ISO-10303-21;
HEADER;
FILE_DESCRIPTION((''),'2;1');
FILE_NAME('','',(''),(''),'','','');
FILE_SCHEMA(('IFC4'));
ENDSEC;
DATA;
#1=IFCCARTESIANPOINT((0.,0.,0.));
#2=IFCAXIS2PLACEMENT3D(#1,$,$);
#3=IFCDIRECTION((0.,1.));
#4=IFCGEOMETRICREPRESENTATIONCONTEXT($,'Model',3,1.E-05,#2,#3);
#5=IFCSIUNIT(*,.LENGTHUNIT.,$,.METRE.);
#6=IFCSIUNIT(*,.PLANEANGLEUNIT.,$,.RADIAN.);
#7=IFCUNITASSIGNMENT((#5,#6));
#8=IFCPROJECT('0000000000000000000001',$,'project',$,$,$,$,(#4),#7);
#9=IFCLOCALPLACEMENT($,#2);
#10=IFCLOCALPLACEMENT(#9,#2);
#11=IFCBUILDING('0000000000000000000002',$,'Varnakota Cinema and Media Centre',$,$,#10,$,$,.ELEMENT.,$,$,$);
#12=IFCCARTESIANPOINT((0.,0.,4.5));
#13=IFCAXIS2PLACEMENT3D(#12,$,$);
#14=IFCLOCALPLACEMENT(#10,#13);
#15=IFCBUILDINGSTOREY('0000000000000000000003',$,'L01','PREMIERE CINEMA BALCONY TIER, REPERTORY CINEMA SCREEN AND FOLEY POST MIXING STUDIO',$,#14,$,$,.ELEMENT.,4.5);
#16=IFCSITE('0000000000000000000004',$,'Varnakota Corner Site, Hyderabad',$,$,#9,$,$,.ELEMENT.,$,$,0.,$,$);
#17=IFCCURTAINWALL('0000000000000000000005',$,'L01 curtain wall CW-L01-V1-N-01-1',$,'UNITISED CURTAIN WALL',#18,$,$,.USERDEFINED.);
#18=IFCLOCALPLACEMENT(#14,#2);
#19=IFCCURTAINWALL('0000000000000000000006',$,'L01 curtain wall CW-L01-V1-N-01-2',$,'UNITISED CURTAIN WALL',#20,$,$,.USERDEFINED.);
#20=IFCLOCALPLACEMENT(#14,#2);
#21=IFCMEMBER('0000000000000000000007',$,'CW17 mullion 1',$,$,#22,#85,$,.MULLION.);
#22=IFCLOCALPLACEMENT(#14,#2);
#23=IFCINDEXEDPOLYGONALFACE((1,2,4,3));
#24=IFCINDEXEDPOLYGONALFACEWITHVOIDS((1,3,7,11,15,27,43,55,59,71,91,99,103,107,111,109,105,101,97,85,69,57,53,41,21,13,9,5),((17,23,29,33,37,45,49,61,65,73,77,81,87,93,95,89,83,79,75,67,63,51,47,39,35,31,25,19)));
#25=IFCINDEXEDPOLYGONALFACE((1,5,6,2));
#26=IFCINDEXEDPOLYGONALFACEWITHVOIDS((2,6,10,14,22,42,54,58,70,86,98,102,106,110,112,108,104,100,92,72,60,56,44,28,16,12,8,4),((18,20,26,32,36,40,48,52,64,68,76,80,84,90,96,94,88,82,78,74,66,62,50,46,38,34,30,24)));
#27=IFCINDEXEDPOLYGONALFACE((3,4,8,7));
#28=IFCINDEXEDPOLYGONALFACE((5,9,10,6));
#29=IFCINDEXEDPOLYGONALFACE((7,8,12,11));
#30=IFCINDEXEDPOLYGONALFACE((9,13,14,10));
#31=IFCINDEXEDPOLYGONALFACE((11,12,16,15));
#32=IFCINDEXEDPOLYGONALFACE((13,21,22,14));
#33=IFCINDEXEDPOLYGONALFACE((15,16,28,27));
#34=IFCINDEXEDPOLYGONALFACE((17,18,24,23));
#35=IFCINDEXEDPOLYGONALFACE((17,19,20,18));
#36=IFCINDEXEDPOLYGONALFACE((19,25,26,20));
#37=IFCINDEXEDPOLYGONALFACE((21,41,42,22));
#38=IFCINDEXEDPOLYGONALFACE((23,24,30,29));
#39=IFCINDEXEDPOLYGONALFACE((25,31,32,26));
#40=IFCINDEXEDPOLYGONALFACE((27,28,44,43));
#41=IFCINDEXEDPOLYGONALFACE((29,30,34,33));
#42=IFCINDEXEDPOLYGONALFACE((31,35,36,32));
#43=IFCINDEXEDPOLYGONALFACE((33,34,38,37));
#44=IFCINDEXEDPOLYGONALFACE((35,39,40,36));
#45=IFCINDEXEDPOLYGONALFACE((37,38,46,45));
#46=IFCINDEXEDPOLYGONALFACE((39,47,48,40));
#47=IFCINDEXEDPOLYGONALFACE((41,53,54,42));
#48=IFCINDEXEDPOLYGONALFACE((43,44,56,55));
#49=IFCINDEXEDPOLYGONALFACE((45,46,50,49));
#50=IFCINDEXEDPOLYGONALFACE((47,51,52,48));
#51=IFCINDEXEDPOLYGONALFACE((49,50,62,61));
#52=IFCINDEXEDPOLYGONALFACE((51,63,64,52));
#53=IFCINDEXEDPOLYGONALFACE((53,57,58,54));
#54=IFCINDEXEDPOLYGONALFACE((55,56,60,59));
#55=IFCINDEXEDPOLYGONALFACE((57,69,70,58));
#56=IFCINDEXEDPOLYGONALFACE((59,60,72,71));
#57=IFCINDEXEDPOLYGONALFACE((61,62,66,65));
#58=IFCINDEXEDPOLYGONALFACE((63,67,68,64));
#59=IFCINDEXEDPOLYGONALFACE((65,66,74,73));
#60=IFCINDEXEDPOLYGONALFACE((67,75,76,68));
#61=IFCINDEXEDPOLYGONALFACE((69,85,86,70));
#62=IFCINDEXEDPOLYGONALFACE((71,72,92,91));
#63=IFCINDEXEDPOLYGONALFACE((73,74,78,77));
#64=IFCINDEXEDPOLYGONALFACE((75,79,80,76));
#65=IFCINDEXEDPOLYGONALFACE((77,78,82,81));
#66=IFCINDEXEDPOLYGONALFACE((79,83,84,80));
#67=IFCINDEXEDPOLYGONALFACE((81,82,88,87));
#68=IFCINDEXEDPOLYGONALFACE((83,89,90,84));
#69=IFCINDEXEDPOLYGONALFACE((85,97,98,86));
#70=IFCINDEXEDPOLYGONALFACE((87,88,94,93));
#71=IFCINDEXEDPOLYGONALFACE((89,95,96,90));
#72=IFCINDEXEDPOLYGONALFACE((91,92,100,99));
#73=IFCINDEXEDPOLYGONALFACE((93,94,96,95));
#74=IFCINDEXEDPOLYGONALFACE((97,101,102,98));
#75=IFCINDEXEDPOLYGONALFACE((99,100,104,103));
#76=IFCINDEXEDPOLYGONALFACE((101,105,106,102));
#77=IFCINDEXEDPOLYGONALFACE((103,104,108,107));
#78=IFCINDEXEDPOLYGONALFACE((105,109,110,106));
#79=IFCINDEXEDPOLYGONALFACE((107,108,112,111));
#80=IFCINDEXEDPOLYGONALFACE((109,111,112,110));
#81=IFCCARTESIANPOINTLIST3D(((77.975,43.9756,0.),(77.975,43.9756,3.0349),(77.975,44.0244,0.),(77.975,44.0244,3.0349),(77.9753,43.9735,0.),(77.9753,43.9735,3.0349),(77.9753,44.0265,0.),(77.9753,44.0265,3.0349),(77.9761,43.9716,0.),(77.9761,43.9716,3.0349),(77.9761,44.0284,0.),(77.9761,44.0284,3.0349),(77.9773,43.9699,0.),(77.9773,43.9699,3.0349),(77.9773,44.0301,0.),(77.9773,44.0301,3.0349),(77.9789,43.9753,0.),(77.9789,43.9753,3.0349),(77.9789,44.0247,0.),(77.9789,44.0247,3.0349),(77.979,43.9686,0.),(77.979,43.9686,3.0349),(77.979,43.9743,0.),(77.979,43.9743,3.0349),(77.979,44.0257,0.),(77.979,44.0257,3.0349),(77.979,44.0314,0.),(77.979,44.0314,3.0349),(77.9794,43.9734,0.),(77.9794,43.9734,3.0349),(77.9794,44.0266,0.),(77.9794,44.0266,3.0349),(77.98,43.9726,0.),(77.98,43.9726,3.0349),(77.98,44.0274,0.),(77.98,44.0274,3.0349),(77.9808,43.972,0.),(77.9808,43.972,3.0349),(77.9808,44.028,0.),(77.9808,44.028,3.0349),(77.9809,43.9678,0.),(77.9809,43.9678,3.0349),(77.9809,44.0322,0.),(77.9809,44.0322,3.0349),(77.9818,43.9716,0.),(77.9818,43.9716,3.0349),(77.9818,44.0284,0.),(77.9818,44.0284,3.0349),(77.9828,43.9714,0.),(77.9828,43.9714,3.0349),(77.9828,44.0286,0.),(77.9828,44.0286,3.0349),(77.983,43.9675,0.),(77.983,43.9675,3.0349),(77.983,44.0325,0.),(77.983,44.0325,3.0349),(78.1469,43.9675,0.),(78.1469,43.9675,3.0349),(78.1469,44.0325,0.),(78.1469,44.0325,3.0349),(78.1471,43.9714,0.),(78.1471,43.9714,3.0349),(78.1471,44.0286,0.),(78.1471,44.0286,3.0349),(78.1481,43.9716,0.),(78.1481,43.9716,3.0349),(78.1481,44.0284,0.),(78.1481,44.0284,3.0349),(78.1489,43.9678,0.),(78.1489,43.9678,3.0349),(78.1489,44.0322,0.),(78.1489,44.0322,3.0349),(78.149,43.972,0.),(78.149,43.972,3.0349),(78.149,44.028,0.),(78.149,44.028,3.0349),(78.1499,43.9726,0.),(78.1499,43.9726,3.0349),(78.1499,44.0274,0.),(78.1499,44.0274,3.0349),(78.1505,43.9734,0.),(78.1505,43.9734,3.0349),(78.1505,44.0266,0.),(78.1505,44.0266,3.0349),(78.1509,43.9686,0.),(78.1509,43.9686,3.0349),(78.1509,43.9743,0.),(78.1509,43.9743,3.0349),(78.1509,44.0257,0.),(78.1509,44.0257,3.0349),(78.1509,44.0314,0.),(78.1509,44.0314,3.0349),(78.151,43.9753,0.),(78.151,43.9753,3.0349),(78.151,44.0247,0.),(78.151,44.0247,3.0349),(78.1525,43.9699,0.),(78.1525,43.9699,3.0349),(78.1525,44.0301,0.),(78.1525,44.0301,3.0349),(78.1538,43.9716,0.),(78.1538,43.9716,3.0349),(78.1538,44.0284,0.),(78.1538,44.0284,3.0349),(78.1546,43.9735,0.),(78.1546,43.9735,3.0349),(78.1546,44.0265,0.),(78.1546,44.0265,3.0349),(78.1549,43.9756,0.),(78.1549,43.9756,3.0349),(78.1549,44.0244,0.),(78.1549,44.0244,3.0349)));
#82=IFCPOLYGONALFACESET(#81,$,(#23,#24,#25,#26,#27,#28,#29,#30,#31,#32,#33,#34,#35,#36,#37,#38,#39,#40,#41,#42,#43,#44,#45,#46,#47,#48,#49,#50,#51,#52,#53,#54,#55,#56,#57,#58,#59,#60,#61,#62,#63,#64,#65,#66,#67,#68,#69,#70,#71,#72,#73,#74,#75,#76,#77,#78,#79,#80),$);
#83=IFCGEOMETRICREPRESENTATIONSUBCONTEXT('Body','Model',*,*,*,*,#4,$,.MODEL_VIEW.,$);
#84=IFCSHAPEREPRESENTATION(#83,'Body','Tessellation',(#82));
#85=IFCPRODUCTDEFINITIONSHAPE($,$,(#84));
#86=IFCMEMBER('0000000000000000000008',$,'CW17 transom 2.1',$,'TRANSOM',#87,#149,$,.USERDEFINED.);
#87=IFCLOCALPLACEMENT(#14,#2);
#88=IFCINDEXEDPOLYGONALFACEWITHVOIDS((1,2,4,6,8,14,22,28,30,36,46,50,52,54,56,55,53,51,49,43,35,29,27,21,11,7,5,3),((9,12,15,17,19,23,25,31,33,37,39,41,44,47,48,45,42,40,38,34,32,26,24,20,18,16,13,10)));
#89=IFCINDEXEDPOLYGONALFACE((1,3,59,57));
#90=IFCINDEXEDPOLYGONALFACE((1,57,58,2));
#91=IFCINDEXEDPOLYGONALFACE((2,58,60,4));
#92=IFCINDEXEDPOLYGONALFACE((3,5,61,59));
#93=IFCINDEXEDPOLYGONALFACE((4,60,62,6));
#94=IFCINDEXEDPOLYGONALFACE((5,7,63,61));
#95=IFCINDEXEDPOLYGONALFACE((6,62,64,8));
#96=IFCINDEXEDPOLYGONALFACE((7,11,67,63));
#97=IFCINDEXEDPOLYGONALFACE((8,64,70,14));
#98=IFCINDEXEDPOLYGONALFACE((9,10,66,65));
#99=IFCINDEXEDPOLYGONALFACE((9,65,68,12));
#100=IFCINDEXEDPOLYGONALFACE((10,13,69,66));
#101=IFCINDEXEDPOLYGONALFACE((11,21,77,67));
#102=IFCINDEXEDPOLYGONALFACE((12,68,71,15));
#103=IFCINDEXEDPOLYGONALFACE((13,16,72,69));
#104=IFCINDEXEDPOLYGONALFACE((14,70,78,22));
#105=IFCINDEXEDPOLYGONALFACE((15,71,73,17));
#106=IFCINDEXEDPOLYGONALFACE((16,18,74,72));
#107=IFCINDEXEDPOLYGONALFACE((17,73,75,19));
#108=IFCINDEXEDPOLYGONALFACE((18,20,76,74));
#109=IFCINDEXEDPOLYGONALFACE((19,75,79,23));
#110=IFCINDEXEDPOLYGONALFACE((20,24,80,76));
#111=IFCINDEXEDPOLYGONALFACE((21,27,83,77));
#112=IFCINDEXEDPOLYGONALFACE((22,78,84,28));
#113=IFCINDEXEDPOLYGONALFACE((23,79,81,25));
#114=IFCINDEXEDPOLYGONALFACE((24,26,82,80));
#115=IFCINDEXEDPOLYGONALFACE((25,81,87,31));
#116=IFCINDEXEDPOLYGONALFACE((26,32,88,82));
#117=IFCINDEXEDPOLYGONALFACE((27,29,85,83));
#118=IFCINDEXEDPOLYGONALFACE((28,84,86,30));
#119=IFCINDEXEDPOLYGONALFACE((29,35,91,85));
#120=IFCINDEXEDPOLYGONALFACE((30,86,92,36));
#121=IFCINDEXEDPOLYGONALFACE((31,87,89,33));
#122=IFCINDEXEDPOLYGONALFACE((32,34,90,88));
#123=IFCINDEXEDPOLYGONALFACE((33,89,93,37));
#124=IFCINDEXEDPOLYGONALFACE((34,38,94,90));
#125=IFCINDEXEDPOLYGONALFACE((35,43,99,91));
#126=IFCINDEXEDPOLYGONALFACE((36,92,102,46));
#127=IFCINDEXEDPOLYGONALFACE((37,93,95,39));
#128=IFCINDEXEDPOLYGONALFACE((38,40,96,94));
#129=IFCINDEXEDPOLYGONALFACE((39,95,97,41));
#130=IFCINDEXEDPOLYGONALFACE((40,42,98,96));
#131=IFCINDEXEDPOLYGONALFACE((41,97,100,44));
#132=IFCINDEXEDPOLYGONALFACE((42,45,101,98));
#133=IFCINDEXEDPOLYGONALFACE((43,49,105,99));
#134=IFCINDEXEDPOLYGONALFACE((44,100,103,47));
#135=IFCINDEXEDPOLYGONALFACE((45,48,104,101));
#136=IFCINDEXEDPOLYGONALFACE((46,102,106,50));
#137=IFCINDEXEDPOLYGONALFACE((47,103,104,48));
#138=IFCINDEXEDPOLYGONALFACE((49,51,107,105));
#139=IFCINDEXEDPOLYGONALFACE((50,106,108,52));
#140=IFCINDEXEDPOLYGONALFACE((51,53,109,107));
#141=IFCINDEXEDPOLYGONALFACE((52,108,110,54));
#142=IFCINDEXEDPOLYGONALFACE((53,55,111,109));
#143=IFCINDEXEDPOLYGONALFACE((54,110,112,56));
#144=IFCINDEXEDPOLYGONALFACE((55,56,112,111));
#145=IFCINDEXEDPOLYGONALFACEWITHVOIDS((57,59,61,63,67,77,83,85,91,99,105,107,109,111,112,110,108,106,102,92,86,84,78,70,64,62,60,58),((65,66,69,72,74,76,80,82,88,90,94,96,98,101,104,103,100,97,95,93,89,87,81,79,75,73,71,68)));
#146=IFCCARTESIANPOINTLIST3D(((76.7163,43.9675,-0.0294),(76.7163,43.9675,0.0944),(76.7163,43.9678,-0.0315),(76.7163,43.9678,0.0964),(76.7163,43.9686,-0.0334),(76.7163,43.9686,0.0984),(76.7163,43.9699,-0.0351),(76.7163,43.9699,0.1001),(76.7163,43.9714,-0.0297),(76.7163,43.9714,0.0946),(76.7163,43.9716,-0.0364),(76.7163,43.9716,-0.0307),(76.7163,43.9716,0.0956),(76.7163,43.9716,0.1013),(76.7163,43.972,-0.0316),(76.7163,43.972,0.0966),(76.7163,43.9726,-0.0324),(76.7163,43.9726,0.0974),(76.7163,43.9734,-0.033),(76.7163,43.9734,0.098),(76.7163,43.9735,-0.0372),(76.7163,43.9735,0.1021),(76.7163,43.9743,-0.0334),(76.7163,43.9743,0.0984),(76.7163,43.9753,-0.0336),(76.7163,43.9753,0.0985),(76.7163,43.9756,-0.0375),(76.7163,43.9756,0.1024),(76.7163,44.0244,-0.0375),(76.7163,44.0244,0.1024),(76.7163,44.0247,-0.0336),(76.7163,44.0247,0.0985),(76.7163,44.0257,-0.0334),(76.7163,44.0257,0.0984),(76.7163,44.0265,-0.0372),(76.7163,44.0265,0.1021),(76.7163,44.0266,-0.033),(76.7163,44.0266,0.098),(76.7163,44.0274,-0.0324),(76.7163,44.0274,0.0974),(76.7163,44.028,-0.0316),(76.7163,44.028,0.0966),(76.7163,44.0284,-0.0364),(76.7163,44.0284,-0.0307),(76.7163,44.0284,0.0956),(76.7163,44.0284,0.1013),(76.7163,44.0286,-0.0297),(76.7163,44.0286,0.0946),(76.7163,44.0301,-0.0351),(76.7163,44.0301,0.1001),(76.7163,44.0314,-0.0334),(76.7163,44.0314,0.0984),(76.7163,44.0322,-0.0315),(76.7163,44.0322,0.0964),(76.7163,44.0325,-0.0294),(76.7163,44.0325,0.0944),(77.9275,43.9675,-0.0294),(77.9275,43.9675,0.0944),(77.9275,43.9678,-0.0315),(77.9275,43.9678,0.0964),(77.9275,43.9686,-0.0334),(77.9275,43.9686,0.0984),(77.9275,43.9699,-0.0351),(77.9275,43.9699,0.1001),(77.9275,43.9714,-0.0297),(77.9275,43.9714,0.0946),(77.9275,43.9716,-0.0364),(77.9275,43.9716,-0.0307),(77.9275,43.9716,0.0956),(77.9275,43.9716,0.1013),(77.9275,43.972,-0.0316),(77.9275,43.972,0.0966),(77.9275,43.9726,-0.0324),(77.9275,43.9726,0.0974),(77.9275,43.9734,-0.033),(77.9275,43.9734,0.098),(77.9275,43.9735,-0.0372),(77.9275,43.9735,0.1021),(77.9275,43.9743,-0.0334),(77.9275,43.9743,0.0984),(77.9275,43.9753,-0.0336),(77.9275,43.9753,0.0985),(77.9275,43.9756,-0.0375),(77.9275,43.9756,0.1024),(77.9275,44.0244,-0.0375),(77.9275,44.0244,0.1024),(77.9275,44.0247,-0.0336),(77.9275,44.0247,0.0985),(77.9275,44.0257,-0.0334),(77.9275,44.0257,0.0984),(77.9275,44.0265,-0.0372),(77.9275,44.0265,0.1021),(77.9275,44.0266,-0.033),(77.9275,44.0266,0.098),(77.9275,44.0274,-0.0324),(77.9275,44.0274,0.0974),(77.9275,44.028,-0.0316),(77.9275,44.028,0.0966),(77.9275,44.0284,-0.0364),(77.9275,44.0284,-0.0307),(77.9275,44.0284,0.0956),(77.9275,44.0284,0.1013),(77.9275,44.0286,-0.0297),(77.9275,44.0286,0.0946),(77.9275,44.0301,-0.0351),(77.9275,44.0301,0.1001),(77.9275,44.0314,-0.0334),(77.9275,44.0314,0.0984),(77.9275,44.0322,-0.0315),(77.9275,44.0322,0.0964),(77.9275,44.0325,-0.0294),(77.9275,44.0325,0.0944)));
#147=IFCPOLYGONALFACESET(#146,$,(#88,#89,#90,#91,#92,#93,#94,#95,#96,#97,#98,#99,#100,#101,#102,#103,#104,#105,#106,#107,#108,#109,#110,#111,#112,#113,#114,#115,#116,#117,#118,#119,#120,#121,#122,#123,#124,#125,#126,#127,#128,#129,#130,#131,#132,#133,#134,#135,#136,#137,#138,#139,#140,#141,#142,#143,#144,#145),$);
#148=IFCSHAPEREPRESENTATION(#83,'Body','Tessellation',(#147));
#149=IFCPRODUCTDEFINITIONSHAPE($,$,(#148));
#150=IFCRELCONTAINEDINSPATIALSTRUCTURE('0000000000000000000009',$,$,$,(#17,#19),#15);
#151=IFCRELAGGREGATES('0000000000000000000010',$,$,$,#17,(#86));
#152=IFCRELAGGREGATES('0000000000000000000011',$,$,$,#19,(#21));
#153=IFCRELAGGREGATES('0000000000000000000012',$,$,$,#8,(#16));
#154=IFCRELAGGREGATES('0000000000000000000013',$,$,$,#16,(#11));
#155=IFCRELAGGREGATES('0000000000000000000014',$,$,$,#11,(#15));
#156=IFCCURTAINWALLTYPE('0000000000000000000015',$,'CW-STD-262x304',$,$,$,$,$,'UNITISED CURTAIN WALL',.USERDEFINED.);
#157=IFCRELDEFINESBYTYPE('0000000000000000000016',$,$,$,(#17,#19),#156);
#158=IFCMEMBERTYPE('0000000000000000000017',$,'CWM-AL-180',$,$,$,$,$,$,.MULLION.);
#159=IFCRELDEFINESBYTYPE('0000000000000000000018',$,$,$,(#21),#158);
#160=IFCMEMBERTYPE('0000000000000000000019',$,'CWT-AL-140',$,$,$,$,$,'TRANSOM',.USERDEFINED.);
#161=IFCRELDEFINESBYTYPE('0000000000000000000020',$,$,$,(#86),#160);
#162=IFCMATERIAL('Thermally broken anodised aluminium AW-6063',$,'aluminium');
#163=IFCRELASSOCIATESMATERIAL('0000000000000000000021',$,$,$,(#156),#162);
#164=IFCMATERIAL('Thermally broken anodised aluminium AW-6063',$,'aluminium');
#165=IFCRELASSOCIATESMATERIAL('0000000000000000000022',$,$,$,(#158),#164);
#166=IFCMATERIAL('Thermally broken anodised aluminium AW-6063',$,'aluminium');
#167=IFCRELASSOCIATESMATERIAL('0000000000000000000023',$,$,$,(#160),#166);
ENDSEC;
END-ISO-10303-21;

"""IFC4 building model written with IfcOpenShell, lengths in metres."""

from ifc_helpers import new_model, si_unit, direction, frame, origin, origin_2d, place, context, subcontext, project, spatial, hollow_rectangle, extrude, material, material_profile, profile_set, type_object, element, aggregate, save


model = new_model("IFC4")

# Units and contexts
model_context = context("Model", 3, precision=1e-05, world=origin(), true_north=direction((0.0, 1.0)))
body_context = subcontext(model_context, "Body", "Model", "MODEL_VIEW")
ifc_project = project(units=[si_unit("LENGTHUNIT", "METRE"), si_unit("PLANEANGLEUNIT", "RADIAN")], contexts=[model_context])

# Site, building, storey
site_placement = place(None, origin())
site = spatial("IfcSite", under=ifc_project, at=site_placement, Name="Varnakota Corner Site, Hyderabad", CompositionType="ELEMENT", RefElevation=0.0)
building_placement = place(site_placement, origin())
building = spatial("IfcBuilding", under=site, at=building_placement, Name="Varnakota Cinema and Media Centre", CompositionType="ELEMENT")
storey_placement = place(building_placement, frame((0.0, 0.0, 4.5)))
storey = spatial("IfcBuildingStorey", under=building, at=storey_placement, Name="L01", Description="PREMIERE CINEMA BALCONY TIER, REPERTORY CINEMA SCREEN AND FOLEY POST MIXING STUDIO", CompositionType="ELEMENT", Elevation=4.5)

# Curtain wall
ifc_material_1 = material(Name="Thermally broken anodised aluminium AW-6063", Category="aluminium")
curtain_wall_type = type_object("IfcCurtainWallType", Name="CW-STD-262x304", ElementType="UNITISED CURTAIN WALL", PredefinedType="USERDEFINED", material=ifc_material_1)
curtain_wall_1_placement = place(storey_placement, origin())
curtain_wall_1 = element("IfcCurtainWall", 1, at=curtain_wall_1_placement, inside=storey, type_object=curtain_wall_type, Name="L01 curtain wall CW-L01-V1-N-01-1", ObjectType="UNITISED CURTAIN WALL", PredefinedType="USERDEFINED")
ifc_material_2 = material(Name="Thermally broken anodised aluminium AW-6063", Category="aluminium")
ifc_material_profile_1 = material_profile(ifc_material_2, hollow_rectangle(XDim=0.0649, YDim=0.1799, WallThickness=0.0039, InnerFilletRadius=0.0039, OuterFilletRadius=0.0081, at=origin_2d()), Name="AL-MULLION 180x65x4")
ifc_profile_set_1 = profile_set([ifc_material_profile_1], Name="Thermally broken anodised aluminium AW-6063")
member_type_1 = type_object("IfcMemberType", Name="CWM-AL-180", PredefinedType="MULLION", material=ifc_profile_set_1)

# Curtain wall, member
curtain_wall_2_placement = place(storey_placement, origin())
curtain_wall_2 = element("IfcCurtainWall", 2, at=curtain_wall_2_placement, inside=storey, type_object=curtain_wall_type, Name="L01 curtain wall CW-L01-V1-N-01-2", ObjectType="UNITISED CURTAIN WALL", PredefinedType="USERDEFINED")
member_1_placement = place(storey_placement, frame((78.0649, 44.0, 0.0), z_axis=(0.0, 0.0, 1.0), x_axis=(0.0, 1.0, 0.0)))
member_1 = element("IfcMember", 3, at=member_1_placement, type_object=member_type_1, Name="CW17 mullion 1", PredefinedType="MULLION", context=body_context, shape_type="SweptSolid", body=[
    extrude(hollow_rectangle(XDim=0.0649, YDim=0.1799, WallThickness=0.0039, InnerFilletRadius=0.0039, OuterFilletRadius=0.0081, at=origin_2d()), origin(), (0.0, 0.0, 1.0), 3.0349),
])

# Member
ifc_material_3 = material(Name="Thermally broken anodised aluminium AW-6063", Category="aluminium")
ifc_material_profile_2 = material_profile(ifc_material_3, hollow_rectangle(XDim=0.0649, YDim=0.1399, WallThickness=0.0039, InnerFilletRadius=0.0039, OuterFilletRadius=0.0081, at=origin_2d()), Name="AL-TRANSOM 140x65x4")
ifc_profile_set_2 = profile_set([ifc_material_profile_2], Name="Thermally broken anodised aluminium AW-6063")
member_type_2 = type_object("IfcMemberType", Name="CWT-AL-140", ElementType="TRANSOM", PredefinedType="USERDEFINED", material=ifc_profile_set_2)
member_2_placement = place(storey_placement, frame((76.7163, 44.0, 0.0325), z_axis=(1.0, 0.0, 0.0), x_axis=(0.0, 1.0, 0.0)))
member_2 = element("IfcMember", 4, at=member_2_placement, type_object=member_type_2, Name="CW17 transom 2.1", ObjectType="TRANSOM", PredefinedType="USERDEFINED", context=body_context, shape_type="SweptSolid", body=[
    extrude(hollow_rectangle(XDim=0.0649, YDim=0.1399, WallThickness=0.0039, InnerFilletRadius=0.0039, OuterFilletRadius=0.0081, at=origin_2d()), origin(), (0.0, 0.0, 1.0), 1.2112),
])

aggregate(curtain_wall_1, [member_2])
aggregate(curtain_wall_2, [member_1])

save(model, "model.ifc")
